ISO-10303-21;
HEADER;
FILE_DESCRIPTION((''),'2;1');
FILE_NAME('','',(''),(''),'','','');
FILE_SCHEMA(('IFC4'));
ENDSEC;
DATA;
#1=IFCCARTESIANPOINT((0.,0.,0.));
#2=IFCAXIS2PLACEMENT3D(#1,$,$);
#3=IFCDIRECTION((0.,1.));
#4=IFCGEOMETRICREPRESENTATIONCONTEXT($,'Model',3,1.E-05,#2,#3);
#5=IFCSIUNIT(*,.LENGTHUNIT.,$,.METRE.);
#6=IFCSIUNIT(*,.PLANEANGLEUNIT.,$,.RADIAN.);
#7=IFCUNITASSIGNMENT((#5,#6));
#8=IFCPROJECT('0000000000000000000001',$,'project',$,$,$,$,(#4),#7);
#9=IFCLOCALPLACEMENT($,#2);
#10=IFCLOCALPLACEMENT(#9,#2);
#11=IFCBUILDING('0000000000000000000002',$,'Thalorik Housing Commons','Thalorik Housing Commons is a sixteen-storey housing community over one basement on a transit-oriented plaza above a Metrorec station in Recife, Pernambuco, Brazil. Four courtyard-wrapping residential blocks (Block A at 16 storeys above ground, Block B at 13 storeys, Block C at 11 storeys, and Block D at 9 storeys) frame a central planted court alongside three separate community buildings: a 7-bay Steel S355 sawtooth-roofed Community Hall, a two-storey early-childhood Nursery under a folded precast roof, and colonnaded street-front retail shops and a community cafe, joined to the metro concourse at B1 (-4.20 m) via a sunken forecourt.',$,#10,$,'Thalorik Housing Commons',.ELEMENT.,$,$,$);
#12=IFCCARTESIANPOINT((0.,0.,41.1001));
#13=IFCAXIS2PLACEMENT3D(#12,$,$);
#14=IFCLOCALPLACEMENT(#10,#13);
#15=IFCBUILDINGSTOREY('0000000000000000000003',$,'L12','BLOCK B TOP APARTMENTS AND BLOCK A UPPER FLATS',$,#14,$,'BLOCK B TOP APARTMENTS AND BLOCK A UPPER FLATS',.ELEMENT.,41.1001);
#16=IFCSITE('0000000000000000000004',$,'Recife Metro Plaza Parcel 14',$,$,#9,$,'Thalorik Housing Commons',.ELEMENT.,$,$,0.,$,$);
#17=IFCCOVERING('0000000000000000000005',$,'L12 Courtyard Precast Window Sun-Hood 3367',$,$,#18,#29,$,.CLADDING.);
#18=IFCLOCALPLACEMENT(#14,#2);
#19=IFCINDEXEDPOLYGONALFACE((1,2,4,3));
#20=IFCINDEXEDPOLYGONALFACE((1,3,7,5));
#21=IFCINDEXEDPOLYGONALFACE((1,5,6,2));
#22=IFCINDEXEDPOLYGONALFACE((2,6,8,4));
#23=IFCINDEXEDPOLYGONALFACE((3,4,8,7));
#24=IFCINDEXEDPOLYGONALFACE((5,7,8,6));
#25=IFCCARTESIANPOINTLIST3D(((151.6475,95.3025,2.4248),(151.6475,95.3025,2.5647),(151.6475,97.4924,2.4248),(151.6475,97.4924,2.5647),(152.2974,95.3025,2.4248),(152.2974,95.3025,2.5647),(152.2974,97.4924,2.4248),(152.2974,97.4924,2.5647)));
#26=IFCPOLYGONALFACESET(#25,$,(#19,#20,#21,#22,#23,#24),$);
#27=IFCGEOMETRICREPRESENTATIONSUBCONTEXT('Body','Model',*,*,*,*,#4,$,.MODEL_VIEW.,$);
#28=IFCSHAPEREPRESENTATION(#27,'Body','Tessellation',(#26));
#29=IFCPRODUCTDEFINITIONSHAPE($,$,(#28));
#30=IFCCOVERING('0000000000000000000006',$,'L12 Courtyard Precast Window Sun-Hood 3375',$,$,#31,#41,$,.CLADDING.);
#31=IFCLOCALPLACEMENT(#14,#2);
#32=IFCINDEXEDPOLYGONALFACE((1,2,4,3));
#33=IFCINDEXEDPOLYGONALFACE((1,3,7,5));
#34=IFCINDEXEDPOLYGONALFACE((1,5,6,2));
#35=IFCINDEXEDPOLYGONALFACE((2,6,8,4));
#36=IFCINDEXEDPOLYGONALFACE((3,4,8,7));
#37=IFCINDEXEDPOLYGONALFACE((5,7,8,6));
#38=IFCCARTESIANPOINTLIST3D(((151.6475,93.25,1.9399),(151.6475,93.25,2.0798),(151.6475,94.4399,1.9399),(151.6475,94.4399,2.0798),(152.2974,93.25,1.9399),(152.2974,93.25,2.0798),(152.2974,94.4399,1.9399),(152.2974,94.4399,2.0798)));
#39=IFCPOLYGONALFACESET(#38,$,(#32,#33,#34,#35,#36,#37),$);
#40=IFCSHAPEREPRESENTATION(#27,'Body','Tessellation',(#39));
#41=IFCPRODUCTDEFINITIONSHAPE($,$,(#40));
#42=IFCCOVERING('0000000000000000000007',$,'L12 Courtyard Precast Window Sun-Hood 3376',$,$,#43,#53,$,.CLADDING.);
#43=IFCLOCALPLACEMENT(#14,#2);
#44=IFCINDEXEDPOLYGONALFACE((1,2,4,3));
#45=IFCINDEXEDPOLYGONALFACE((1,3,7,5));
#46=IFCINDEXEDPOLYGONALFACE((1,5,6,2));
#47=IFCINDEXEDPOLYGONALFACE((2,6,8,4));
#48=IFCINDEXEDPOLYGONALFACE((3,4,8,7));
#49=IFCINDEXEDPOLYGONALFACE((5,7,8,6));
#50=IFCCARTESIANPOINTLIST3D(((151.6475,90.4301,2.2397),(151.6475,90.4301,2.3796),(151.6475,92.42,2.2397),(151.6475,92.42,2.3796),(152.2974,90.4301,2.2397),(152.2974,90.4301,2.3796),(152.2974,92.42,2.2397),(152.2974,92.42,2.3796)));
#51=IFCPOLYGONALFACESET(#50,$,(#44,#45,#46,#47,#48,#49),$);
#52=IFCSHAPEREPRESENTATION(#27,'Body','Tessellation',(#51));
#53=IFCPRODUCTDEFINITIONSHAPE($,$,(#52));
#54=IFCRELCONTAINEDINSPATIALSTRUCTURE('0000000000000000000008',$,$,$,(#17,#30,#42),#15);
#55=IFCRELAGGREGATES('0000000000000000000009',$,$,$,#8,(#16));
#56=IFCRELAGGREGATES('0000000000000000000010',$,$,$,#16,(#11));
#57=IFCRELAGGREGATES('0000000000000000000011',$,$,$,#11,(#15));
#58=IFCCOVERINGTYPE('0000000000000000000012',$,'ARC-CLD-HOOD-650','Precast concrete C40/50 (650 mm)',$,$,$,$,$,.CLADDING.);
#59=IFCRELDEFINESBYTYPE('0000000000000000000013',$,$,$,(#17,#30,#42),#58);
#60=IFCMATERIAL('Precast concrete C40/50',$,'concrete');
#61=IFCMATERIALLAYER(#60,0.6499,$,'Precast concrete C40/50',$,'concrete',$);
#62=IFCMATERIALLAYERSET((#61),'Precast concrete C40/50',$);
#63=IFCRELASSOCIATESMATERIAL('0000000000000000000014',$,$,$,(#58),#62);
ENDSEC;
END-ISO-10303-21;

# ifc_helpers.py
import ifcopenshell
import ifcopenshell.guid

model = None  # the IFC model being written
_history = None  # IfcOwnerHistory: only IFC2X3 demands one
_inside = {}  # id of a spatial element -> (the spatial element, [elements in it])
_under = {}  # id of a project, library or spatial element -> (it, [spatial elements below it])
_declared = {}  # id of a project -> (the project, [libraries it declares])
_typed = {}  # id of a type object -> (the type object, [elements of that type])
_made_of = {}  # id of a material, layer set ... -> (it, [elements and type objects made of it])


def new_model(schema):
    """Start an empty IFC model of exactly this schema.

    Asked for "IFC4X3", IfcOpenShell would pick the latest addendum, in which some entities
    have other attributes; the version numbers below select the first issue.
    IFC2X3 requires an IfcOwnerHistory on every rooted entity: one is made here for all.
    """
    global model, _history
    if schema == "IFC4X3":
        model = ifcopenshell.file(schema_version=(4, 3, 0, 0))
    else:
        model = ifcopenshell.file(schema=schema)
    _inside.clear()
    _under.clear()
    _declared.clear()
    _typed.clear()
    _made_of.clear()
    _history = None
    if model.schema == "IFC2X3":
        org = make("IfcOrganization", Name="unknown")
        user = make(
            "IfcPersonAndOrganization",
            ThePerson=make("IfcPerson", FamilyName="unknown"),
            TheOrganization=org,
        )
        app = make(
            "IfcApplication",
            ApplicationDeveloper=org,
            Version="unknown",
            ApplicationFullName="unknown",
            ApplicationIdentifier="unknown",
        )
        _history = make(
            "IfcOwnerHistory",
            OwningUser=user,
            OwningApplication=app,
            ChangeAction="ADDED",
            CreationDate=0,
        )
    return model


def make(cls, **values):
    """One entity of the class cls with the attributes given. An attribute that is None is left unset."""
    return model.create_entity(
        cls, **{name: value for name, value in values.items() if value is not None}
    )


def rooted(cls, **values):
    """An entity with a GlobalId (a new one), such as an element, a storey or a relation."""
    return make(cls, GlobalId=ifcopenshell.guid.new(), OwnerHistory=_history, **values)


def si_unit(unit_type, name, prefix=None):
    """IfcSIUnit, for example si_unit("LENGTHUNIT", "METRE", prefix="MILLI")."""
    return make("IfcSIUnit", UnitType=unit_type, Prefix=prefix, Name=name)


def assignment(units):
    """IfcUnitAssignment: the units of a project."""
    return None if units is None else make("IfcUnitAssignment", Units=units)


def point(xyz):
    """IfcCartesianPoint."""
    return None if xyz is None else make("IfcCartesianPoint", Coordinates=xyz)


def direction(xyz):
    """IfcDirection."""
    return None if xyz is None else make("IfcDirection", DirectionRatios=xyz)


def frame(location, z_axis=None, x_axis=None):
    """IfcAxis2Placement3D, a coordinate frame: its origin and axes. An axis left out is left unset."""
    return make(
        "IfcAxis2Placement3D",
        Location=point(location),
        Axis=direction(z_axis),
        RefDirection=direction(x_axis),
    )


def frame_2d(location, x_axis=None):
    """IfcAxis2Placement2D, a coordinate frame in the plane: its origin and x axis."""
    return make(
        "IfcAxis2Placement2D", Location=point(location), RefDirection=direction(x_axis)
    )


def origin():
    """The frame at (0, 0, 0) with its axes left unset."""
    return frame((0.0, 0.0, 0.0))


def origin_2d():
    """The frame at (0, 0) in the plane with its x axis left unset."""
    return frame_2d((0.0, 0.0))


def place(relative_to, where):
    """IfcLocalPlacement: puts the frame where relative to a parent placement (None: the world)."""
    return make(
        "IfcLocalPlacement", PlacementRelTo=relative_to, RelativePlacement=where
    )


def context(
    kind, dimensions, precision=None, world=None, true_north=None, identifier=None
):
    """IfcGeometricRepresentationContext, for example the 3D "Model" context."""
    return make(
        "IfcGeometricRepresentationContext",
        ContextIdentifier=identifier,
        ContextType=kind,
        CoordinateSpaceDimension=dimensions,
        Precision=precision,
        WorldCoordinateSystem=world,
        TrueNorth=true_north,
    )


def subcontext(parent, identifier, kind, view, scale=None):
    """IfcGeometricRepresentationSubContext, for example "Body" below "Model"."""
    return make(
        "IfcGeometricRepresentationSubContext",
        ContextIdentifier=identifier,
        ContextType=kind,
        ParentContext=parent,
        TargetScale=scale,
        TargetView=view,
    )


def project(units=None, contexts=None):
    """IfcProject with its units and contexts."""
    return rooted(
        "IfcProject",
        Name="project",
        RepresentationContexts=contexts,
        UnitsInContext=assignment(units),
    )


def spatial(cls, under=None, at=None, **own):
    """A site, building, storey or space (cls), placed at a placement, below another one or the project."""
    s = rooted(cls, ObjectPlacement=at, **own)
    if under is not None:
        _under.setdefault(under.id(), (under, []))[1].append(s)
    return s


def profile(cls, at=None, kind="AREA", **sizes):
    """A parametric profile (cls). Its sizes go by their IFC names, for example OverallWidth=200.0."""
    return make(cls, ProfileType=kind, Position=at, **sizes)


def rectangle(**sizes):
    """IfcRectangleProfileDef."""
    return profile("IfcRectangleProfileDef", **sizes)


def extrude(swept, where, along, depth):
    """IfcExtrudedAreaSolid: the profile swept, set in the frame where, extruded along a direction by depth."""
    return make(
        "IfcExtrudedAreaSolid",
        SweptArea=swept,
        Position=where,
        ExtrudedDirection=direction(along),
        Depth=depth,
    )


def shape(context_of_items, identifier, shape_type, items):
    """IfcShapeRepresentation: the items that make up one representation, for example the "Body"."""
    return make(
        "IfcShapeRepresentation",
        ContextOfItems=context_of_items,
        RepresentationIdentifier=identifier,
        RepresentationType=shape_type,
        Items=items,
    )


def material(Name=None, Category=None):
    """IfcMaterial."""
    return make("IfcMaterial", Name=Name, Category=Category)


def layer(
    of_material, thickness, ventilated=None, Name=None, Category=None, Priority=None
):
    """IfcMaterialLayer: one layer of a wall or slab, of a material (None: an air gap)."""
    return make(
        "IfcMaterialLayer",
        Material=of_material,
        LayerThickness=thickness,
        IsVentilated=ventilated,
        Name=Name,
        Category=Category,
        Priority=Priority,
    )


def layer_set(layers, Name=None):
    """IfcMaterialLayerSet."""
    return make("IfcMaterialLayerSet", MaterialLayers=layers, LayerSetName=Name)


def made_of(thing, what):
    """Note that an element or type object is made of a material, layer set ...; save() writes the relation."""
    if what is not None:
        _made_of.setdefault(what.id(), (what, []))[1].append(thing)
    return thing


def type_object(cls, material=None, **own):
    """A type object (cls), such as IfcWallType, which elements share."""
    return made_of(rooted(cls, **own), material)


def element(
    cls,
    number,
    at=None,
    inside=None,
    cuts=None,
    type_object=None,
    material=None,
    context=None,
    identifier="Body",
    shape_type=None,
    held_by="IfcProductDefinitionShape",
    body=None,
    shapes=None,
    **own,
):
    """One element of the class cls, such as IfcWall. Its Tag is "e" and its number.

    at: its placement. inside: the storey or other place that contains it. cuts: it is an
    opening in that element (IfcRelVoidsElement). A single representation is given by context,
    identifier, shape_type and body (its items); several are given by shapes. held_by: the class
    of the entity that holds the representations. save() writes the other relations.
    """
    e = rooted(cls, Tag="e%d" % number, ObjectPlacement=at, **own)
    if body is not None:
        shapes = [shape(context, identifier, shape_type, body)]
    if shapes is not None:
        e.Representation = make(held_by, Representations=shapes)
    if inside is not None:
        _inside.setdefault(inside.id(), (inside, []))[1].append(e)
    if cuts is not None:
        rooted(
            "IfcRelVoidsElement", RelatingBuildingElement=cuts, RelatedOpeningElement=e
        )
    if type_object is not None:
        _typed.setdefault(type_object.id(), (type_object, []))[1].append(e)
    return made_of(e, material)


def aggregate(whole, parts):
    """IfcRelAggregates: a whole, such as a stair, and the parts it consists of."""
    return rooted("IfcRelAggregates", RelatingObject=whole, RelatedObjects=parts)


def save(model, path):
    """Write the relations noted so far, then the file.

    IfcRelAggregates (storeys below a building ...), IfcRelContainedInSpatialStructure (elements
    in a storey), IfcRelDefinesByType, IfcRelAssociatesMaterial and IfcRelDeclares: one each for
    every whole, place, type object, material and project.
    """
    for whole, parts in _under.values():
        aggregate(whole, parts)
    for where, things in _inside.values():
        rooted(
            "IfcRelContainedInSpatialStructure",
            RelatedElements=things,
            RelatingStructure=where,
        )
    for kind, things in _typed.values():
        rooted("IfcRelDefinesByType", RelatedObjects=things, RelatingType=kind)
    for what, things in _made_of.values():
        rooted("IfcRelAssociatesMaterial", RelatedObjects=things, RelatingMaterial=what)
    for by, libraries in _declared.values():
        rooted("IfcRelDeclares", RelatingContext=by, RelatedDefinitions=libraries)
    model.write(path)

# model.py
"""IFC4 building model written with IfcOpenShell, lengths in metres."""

from ifc_helpers import new_model, si_unit, direction, frame, origin, origin_2d, place, context, subcontext, project, spatial, rectangle, extrude, material, layer, layer_set, type_object, element, save


model = new_model("IFC4")

# Units and contexts
model_context = context("Model", 3, precision=1e-05, world=origin(), true_north=direction((0.0, 1.0)))
body_context = subcontext(model_context, "Body", "Model", "MODEL_VIEW")
ifc_project = project(units=[si_unit("LENGTHUNIT", "METRE"), si_unit("PLANEANGLEUNIT", "RADIAN")], contexts=[model_context])

# Site, building, storey
site_placement = place(None, origin())
site = spatial("IfcSite", under=ifc_project, at=site_placement, Name="Recife Metro Plaza Parcel 14", LongName="Thalorik Housing Commons", CompositionType="ELEMENT", RefElevation=0.0)
building_placement = place(site_placement, origin())
building = spatial("IfcBuilding", under=site, at=building_placement, Name="Thalorik Housing Commons", Description="Thalorik Housing Commons is a sixteen-storey housing community over one basement on a transit-oriented plaza above a Metrorec station in Recife, Pernambuco, Brazil. Four courtyard-wrapping residential blocks (Block A at 16 storeys above ground, Block B at 13 storeys, Block C at 11 storeys, and Block D at 9 storeys) frame a central planted court alongside three separate community buildings: a 7-bay Steel S355 sawtooth-roofed Community Hall, a two-storey early-childhood Nursery under a folded precast roof, and colonnaded street-front retail shops and a community cafe, joined to the metro concourse at B1 (-4.20 m) via a sunken forecourt.", LongName="Thalorik Housing Commons", CompositionType="ELEMENT")
storey_placement = place(building_placement, frame((0.0, 0.0, 41.1001)))
storey = spatial("IfcBuildingStorey", under=building, at=storey_placement, Name="L12", Description="BLOCK B TOP APARTMENTS AND BLOCK A UPPER FLATS", LongName="BLOCK B TOP APARTMENTS AND BLOCK A UPPER FLATS", CompositionType="ELEMENT", Elevation=41.1001)

# Coverings
ifc_material = material(Name="Precast concrete C40/50", Category="concrete")
ifc_layer_1 = layer(ifc_material, 0.6499, Name="Precast concrete C40/50", Category="concrete")
ifc_layer_set_1 = layer_set([ifc_layer_1], Name="Precast concrete C40/50")
covering_type_1 = type_object("IfcCoveringType", Name="ARC-CLD-HOOD-650", Description="Precast concrete C40/50 (650 mm)", PredefinedType="CLADDING", material=ifc_layer_set_1)
covering_1_placement = place(storey_placement, frame((151.9724, 96.3975, 2.4248), z_axis=(0.0, 0.0, 1.0), x_axis=(0.0, -1.0, 0.0)))
element("IfcCovering", 1, at=covering_1_placement, inside=storey, type_object=covering_type_1, Name="L12 Courtyard Precast Window Sun-Hood 3367", PredefinedType="CLADDING", context=body_context, shape_type="SweptSolid", body=[
    extrude(rectangle(XDim=2.1899, YDim=0.6499, at=origin_2d()), origin(), (0.0, 0.0, 1.0), 0.1399),
])
covering_2_placement = place(storey_placement, frame((151.9724, 93.845, 1.9399), z_axis=(0.0, 0.0, 1.0), x_axis=(0.0, -1.0, 0.0)))
element("IfcCovering", 2, at=covering_2_placement, inside=storey, type_object=covering_type_1, Name="L12 Courtyard Precast Window Sun-Hood 3375", PredefinedType="CLADDING", context=body_context, shape_type="SweptSolid", body=[
    extrude(rectangle(XDim=1.1899, YDim=0.6499, at=origin_2d()), origin(), (0.0, 0.0, 1.0), 0.1399),
])
covering_3_placement = place(storey_placement, frame((151.9724, 91.425, 2.2397), z_axis=(0.0, 0.0, 1.0), x_axis=(0.0, -1.0, 0.0)))
element("IfcCovering", 3, at=covering_3_placement, inside=storey, type_object=covering_type_1, Name="L12 Courtyard Precast Window Sun-Hood 3376", PredefinedType="CLADDING", context=body_context, shape_type="SweptSolid", body=[
    extrude(rectangle(XDim=1.99, YDim=0.6499, at=origin_2d()), origin(), (0.0, 0.0, 1.0), 0.1399),
])

save(model, "model.ifc")
